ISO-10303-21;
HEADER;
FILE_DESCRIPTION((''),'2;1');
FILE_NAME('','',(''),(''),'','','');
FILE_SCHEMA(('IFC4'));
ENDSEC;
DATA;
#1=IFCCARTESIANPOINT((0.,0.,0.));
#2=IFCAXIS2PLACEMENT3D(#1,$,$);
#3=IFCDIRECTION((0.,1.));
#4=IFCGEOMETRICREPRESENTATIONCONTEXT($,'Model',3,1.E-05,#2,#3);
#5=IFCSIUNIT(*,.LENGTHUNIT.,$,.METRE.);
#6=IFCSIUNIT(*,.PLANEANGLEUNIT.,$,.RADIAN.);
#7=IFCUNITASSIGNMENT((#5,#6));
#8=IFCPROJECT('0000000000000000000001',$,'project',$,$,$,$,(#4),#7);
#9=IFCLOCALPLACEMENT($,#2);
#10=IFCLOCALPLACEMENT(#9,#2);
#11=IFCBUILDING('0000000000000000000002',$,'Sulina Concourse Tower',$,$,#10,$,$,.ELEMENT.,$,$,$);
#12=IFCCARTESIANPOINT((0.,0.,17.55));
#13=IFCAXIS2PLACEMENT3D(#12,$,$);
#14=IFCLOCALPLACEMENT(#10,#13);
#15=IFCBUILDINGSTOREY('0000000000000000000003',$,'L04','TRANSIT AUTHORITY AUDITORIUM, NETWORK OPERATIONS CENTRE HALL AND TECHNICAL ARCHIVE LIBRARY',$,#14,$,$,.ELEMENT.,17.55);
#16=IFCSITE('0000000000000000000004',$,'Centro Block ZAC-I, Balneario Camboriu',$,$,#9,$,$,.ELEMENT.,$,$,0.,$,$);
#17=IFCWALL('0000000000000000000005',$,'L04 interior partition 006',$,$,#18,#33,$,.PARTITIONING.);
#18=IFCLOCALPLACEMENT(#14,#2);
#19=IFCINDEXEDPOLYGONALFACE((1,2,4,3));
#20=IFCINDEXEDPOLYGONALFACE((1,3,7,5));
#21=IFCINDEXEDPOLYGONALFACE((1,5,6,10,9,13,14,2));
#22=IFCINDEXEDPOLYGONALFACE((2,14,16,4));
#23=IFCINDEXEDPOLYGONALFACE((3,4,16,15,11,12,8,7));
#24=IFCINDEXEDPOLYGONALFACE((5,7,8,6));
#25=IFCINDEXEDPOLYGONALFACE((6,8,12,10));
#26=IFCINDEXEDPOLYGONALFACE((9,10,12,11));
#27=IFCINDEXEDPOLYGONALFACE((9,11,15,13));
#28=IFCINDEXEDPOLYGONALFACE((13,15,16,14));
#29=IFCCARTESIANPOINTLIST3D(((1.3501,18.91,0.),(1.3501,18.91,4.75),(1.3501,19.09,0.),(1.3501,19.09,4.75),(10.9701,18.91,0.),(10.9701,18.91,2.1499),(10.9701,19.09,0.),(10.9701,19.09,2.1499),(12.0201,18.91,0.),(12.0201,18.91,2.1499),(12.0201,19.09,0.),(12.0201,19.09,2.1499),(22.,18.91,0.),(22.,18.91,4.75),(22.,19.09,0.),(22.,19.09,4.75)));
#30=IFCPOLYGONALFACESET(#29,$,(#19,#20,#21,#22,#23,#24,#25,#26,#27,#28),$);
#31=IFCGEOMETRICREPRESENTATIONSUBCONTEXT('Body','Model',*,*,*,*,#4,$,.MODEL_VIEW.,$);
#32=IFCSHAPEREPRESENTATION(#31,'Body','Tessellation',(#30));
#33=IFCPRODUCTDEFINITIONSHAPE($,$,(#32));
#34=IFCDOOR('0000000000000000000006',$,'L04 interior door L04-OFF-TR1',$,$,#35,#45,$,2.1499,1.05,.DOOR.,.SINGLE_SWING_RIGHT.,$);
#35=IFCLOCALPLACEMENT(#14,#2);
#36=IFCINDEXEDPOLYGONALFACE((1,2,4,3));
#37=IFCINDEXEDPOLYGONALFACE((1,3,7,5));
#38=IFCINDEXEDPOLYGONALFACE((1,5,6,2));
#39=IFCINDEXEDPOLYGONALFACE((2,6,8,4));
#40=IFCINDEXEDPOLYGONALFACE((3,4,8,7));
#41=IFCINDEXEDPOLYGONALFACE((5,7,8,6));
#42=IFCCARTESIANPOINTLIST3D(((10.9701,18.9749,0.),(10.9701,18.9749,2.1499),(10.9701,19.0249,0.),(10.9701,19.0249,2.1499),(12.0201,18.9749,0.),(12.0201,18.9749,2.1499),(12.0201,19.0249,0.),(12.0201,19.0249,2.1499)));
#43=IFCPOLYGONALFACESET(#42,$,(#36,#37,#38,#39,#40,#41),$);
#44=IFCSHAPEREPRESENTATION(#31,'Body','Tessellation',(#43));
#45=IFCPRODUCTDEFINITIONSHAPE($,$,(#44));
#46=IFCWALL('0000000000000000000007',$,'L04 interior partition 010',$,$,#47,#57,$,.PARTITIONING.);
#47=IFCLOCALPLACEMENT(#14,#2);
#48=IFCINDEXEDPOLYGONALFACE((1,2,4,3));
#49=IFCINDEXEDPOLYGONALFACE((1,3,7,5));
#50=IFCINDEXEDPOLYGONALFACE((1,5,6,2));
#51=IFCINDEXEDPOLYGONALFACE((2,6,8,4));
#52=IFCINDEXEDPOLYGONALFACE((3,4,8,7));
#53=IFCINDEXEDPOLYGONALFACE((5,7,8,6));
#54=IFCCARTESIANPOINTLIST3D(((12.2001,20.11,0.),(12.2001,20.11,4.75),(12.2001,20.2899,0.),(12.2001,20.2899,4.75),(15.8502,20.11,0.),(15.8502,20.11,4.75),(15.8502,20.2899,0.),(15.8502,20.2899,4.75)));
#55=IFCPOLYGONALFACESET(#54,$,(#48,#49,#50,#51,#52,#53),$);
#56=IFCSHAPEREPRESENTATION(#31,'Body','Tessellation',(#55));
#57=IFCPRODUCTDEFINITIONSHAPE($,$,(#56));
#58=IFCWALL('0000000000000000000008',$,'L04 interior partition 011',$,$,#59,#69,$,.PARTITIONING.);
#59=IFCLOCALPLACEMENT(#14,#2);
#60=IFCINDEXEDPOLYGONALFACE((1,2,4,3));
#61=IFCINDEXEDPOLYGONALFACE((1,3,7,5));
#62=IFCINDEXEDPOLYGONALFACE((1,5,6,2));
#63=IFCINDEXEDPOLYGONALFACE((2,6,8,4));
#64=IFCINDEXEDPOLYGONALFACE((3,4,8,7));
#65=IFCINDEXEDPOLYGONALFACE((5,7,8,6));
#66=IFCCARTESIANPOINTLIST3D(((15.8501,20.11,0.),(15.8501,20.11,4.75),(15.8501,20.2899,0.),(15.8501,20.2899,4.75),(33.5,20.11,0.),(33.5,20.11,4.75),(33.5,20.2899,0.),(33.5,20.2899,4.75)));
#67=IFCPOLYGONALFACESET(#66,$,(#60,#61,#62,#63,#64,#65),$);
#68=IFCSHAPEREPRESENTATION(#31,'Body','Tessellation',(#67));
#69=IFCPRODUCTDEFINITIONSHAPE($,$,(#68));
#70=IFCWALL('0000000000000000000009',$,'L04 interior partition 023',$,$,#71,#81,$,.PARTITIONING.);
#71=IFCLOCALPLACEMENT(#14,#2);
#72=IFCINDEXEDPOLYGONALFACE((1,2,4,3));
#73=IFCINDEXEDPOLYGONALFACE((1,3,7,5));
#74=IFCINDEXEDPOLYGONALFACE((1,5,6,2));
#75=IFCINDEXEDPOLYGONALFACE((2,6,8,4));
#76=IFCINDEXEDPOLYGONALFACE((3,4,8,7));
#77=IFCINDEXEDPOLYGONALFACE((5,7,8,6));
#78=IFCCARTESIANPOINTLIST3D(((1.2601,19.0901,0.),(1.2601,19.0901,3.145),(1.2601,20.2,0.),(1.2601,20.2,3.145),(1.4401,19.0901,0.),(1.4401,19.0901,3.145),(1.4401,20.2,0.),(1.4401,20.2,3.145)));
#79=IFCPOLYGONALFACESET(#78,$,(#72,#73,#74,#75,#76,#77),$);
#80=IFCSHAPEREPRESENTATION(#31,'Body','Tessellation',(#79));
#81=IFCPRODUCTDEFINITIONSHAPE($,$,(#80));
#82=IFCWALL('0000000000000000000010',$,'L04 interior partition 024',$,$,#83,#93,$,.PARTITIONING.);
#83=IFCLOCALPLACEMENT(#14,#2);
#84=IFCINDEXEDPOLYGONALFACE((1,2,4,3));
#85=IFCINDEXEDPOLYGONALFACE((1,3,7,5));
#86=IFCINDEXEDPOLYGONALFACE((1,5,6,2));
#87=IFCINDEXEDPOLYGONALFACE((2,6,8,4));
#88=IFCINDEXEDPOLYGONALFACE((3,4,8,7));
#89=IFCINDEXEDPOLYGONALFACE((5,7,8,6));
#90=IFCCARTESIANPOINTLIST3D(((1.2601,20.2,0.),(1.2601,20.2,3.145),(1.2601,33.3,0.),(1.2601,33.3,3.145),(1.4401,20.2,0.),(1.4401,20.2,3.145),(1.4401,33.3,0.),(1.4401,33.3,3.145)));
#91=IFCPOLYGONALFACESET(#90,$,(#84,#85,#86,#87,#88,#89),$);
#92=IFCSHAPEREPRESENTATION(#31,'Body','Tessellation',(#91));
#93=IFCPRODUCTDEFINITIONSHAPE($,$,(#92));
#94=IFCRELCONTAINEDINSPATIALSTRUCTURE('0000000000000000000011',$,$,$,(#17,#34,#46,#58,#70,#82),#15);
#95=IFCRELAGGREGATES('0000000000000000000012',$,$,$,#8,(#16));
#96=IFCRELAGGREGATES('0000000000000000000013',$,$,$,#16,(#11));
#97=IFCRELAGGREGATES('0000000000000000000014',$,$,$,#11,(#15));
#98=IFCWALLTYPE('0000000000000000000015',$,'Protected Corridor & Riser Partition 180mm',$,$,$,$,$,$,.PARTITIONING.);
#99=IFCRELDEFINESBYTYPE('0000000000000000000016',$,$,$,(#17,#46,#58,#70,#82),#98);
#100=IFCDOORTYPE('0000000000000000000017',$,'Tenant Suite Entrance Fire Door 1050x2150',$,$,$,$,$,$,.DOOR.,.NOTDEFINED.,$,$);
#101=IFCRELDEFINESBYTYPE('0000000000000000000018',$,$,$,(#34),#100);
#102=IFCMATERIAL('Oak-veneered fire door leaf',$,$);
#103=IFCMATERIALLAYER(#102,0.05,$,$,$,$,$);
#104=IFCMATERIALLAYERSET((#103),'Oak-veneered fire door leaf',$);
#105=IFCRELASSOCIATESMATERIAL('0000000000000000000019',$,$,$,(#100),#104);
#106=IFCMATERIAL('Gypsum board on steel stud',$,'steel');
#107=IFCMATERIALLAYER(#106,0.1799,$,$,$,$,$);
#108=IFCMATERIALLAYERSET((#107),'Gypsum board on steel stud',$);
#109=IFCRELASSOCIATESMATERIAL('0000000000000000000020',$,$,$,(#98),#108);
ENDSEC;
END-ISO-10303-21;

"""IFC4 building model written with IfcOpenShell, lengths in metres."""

from ifc_helpers import new_model, si_unit, direction, frame, frame_2d, origin, place, context, subcontext, project, spatial, rectangle, extrude, material, layer, layer_set, type_object, element, fill, save


model = new_model("IFC4")

# Units and contexts
model_context = context("Model", 3, precision=1e-05, world=origin(), true_north=direction((0.0, 1.0)))
body_context = subcontext(model_context, "Body", "Model", "MODEL_VIEW")
ifc_project = project(units=[si_unit("LENGTHUNIT", "METRE"), si_unit("PLANEANGLEUNIT", "RADIAN")], contexts=[model_context])

# Site, building, storey
site_placement = place(None, origin())
site = spatial("IfcSite", under=ifc_project, at=site_placement, Name="Centro Block ZAC-I, Balneario Camboriu", CompositionType="ELEMENT", RefElevation=0.0)
building_placement = place(site_placement, origin())
building = spatial("IfcBuilding", under=site, at=building_placement, Name="Sulina Concourse Tower", CompositionType="ELEMENT")
storey_placement = place(building_placement, frame((0.0, 0.0, 17.55)))
storey = spatial("IfcBuildingStorey", under=building, at=storey_placement, Name="L04", Description="TRANSIT AUTHORITY AUDITORIUM, NETWORK OPERATIONS CENTRE HALL AND TECHNICAL ARCHIVE LIBRARY", CompositionType="ELEMENT", Elevation=17.55)

# Shared definitions
ifc_material_1 = material(Name="Oak-veneered fire door leaf")
ifc_layer_1 = layer(ifc_material_1, 0.05)
ifc_layer_set_1 = layer_set([ifc_layer_1], Name="Oak-veneered fire door leaf")
door_type_1 = type_object("IfcDoorType", Name="Tenant Suite Entrance Fire Door 1050x2150", OperationType="NOTDEFINED", PredefinedType="DOOR", material=ifc_layer_set_1)

# Wall, opening, door
ifc_material_2 = material(Name="Gypsum board on steel stud", Category="steel")
ifc_layer_2 = layer(ifc_material_2, 0.1799)
ifc_layer_set_2 = layer_set([ifc_layer_2], Name="Gypsum board on steel stud")
wall_type_1 = type_object("IfcWallType", Name="Protected Corridor & Riser Partition 180mm", PredefinedType="PARTITIONING", material=ifc_layer_set_2)
wall_1_placement = place(storey_placement, frame((1.3501, 19.0, 0.0), z_axis=(0.0, 0.0, 1.0), x_axis=(1.0, 0.0, 0.0)))
wall_1 = element("IfcWall", 1, at=wall_1_placement, inside=storey, type_object=wall_type_1, Name="L04 interior partition 006", PredefinedType="PARTITIONING", context=body_context, shape_type="SweptSolid", body=[
    extrude(rectangle(XDim=20.6499, YDim=0.1799, at=frame_2d((10.325, 0.0))), origin(), (0.0, 0.0, 1.0), 4.75),
])
opening_1_placement = place(wall_1_placement, frame((9.6201, 0.0, 0.0)))
opening_1 = element("IfcOpeningElement", 2, at=opening_1_placement, cuts=wall_1, PredefinedType="OPENING", context=body_context, shape_type="SweptSolid", body=[
    extrude(rectangle(XDim=1.05, YDim=2.1499, at=frame_2d((0.5249, 1.075))), frame((0.0, 0.0999, 0.0), z_axis=(0.0, -1.0, 0.0), x_axis=(1.0, 0.0, 0.0)), (0.0, 0.0, 1.0), 0.2),
])
door_1_placement = place(opening_1_placement, origin())
door_1 = element("IfcDoor", 3, at=door_1_placement, inside=storey, type_object=door_type_1, Name="L04 interior door L04-OFF-TR1", OperationType="SINGLE_SWING_RIGHT", OverallHeight=2.1499, OverallWidth=1.05, PredefinedType="DOOR", context=body_context, shape_type="SweptSolid", body=[
    extrude(rectangle(XDim=1.05, YDim=2.1499, at=frame_2d((0.5249, 1.075))), frame((0.0, 0.0249, 0.0), z_axis=(0.0, -1.0, 0.0), x_axis=(1.0, 0.0, 0.0)), (0.0, 0.0, 1.0), 0.05),
])
fill(opening_1, door_1)

# Walls
wall_2_placement = place(storey_placement, frame((12.2, 20.2, 0.0), z_axis=(0.0, 0.0, 1.0), x_axis=(1.0, 0.0, 0.0)))
element("IfcWall", 4, at=wall_2_placement, inside=storey, type_object=wall_type_1, Name="L04 interior partition 010", PredefinedType="PARTITIONING", context=body_context, shape_type="SweptSolid", body=[
    extrude(rectangle(XDim=3.6501, YDim=0.1799, at=frame_2d((1.8252, 0.0))), origin(), (0.0, 0.0, 1.0), 4.75),
])
wall_3_placement = place(storey_placement, frame((15.8501, 20.2, 0.0), z_axis=(0.0, 0.0, 1.0), x_axis=(1.0, 0.0, 0.0)))
element("IfcWall", 5, at=wall_3_placement, inside=storey, type_object=wall_type_1, Name="L04 interior partition 011", PredefinedType="PARTITIONING", context=body_context, shape_type="SweptSolid", body=[
    extrude(rectangle(XDim=17.6499, YDim=0.1799, at=frame_2d((8.825, 0.0))), origin(), (0.0, 0.0, 1.0), 4.75),
])
wall_4_placement = place(storey_placement, frame((1.3501, 19.0901, 0.0), z_axis=(0.0, 0.0, 1.0), x_axis=(0.0, 1.0, 0.0)))
element("IfcWall", 6, at=wall_4_placement, inside=storey, type_object=wall_type_1, Name="L04 interior partition 023", PredefinedType="PARTITIONING", context=body_context, shape_type="SweptSolid", body=[
    extrude(rectangle(XDim=1.1099, YDim=0.1799, at=frame_2d((0.5549, 0.0))), origin(), (0.0, 0.0, 1.0), 3.145),
])
wall_5_placement = place(storey_placement, frame((1.3501, 20.2, 0.0), z_axis=(0.0, 0.0, 1.0), x_axis=(0.0, 1.0, 0.0)))
element("IfcWall", 7, at=wall_5_placement, inside=storey, type_object=wall_type_1, Name="L04 interior partition 024", PredefinedType="PARTITIONING", context=body_context, shape_type="SweptSolid", body=[
    extrude(rectangle(XDim=13.1001, YDim=0.1799, at=frame_2d((6.55, 0.0))), origin(), (0.0, 0.0, 1.0), 3.145),
])

save(model, "model.ifc")
